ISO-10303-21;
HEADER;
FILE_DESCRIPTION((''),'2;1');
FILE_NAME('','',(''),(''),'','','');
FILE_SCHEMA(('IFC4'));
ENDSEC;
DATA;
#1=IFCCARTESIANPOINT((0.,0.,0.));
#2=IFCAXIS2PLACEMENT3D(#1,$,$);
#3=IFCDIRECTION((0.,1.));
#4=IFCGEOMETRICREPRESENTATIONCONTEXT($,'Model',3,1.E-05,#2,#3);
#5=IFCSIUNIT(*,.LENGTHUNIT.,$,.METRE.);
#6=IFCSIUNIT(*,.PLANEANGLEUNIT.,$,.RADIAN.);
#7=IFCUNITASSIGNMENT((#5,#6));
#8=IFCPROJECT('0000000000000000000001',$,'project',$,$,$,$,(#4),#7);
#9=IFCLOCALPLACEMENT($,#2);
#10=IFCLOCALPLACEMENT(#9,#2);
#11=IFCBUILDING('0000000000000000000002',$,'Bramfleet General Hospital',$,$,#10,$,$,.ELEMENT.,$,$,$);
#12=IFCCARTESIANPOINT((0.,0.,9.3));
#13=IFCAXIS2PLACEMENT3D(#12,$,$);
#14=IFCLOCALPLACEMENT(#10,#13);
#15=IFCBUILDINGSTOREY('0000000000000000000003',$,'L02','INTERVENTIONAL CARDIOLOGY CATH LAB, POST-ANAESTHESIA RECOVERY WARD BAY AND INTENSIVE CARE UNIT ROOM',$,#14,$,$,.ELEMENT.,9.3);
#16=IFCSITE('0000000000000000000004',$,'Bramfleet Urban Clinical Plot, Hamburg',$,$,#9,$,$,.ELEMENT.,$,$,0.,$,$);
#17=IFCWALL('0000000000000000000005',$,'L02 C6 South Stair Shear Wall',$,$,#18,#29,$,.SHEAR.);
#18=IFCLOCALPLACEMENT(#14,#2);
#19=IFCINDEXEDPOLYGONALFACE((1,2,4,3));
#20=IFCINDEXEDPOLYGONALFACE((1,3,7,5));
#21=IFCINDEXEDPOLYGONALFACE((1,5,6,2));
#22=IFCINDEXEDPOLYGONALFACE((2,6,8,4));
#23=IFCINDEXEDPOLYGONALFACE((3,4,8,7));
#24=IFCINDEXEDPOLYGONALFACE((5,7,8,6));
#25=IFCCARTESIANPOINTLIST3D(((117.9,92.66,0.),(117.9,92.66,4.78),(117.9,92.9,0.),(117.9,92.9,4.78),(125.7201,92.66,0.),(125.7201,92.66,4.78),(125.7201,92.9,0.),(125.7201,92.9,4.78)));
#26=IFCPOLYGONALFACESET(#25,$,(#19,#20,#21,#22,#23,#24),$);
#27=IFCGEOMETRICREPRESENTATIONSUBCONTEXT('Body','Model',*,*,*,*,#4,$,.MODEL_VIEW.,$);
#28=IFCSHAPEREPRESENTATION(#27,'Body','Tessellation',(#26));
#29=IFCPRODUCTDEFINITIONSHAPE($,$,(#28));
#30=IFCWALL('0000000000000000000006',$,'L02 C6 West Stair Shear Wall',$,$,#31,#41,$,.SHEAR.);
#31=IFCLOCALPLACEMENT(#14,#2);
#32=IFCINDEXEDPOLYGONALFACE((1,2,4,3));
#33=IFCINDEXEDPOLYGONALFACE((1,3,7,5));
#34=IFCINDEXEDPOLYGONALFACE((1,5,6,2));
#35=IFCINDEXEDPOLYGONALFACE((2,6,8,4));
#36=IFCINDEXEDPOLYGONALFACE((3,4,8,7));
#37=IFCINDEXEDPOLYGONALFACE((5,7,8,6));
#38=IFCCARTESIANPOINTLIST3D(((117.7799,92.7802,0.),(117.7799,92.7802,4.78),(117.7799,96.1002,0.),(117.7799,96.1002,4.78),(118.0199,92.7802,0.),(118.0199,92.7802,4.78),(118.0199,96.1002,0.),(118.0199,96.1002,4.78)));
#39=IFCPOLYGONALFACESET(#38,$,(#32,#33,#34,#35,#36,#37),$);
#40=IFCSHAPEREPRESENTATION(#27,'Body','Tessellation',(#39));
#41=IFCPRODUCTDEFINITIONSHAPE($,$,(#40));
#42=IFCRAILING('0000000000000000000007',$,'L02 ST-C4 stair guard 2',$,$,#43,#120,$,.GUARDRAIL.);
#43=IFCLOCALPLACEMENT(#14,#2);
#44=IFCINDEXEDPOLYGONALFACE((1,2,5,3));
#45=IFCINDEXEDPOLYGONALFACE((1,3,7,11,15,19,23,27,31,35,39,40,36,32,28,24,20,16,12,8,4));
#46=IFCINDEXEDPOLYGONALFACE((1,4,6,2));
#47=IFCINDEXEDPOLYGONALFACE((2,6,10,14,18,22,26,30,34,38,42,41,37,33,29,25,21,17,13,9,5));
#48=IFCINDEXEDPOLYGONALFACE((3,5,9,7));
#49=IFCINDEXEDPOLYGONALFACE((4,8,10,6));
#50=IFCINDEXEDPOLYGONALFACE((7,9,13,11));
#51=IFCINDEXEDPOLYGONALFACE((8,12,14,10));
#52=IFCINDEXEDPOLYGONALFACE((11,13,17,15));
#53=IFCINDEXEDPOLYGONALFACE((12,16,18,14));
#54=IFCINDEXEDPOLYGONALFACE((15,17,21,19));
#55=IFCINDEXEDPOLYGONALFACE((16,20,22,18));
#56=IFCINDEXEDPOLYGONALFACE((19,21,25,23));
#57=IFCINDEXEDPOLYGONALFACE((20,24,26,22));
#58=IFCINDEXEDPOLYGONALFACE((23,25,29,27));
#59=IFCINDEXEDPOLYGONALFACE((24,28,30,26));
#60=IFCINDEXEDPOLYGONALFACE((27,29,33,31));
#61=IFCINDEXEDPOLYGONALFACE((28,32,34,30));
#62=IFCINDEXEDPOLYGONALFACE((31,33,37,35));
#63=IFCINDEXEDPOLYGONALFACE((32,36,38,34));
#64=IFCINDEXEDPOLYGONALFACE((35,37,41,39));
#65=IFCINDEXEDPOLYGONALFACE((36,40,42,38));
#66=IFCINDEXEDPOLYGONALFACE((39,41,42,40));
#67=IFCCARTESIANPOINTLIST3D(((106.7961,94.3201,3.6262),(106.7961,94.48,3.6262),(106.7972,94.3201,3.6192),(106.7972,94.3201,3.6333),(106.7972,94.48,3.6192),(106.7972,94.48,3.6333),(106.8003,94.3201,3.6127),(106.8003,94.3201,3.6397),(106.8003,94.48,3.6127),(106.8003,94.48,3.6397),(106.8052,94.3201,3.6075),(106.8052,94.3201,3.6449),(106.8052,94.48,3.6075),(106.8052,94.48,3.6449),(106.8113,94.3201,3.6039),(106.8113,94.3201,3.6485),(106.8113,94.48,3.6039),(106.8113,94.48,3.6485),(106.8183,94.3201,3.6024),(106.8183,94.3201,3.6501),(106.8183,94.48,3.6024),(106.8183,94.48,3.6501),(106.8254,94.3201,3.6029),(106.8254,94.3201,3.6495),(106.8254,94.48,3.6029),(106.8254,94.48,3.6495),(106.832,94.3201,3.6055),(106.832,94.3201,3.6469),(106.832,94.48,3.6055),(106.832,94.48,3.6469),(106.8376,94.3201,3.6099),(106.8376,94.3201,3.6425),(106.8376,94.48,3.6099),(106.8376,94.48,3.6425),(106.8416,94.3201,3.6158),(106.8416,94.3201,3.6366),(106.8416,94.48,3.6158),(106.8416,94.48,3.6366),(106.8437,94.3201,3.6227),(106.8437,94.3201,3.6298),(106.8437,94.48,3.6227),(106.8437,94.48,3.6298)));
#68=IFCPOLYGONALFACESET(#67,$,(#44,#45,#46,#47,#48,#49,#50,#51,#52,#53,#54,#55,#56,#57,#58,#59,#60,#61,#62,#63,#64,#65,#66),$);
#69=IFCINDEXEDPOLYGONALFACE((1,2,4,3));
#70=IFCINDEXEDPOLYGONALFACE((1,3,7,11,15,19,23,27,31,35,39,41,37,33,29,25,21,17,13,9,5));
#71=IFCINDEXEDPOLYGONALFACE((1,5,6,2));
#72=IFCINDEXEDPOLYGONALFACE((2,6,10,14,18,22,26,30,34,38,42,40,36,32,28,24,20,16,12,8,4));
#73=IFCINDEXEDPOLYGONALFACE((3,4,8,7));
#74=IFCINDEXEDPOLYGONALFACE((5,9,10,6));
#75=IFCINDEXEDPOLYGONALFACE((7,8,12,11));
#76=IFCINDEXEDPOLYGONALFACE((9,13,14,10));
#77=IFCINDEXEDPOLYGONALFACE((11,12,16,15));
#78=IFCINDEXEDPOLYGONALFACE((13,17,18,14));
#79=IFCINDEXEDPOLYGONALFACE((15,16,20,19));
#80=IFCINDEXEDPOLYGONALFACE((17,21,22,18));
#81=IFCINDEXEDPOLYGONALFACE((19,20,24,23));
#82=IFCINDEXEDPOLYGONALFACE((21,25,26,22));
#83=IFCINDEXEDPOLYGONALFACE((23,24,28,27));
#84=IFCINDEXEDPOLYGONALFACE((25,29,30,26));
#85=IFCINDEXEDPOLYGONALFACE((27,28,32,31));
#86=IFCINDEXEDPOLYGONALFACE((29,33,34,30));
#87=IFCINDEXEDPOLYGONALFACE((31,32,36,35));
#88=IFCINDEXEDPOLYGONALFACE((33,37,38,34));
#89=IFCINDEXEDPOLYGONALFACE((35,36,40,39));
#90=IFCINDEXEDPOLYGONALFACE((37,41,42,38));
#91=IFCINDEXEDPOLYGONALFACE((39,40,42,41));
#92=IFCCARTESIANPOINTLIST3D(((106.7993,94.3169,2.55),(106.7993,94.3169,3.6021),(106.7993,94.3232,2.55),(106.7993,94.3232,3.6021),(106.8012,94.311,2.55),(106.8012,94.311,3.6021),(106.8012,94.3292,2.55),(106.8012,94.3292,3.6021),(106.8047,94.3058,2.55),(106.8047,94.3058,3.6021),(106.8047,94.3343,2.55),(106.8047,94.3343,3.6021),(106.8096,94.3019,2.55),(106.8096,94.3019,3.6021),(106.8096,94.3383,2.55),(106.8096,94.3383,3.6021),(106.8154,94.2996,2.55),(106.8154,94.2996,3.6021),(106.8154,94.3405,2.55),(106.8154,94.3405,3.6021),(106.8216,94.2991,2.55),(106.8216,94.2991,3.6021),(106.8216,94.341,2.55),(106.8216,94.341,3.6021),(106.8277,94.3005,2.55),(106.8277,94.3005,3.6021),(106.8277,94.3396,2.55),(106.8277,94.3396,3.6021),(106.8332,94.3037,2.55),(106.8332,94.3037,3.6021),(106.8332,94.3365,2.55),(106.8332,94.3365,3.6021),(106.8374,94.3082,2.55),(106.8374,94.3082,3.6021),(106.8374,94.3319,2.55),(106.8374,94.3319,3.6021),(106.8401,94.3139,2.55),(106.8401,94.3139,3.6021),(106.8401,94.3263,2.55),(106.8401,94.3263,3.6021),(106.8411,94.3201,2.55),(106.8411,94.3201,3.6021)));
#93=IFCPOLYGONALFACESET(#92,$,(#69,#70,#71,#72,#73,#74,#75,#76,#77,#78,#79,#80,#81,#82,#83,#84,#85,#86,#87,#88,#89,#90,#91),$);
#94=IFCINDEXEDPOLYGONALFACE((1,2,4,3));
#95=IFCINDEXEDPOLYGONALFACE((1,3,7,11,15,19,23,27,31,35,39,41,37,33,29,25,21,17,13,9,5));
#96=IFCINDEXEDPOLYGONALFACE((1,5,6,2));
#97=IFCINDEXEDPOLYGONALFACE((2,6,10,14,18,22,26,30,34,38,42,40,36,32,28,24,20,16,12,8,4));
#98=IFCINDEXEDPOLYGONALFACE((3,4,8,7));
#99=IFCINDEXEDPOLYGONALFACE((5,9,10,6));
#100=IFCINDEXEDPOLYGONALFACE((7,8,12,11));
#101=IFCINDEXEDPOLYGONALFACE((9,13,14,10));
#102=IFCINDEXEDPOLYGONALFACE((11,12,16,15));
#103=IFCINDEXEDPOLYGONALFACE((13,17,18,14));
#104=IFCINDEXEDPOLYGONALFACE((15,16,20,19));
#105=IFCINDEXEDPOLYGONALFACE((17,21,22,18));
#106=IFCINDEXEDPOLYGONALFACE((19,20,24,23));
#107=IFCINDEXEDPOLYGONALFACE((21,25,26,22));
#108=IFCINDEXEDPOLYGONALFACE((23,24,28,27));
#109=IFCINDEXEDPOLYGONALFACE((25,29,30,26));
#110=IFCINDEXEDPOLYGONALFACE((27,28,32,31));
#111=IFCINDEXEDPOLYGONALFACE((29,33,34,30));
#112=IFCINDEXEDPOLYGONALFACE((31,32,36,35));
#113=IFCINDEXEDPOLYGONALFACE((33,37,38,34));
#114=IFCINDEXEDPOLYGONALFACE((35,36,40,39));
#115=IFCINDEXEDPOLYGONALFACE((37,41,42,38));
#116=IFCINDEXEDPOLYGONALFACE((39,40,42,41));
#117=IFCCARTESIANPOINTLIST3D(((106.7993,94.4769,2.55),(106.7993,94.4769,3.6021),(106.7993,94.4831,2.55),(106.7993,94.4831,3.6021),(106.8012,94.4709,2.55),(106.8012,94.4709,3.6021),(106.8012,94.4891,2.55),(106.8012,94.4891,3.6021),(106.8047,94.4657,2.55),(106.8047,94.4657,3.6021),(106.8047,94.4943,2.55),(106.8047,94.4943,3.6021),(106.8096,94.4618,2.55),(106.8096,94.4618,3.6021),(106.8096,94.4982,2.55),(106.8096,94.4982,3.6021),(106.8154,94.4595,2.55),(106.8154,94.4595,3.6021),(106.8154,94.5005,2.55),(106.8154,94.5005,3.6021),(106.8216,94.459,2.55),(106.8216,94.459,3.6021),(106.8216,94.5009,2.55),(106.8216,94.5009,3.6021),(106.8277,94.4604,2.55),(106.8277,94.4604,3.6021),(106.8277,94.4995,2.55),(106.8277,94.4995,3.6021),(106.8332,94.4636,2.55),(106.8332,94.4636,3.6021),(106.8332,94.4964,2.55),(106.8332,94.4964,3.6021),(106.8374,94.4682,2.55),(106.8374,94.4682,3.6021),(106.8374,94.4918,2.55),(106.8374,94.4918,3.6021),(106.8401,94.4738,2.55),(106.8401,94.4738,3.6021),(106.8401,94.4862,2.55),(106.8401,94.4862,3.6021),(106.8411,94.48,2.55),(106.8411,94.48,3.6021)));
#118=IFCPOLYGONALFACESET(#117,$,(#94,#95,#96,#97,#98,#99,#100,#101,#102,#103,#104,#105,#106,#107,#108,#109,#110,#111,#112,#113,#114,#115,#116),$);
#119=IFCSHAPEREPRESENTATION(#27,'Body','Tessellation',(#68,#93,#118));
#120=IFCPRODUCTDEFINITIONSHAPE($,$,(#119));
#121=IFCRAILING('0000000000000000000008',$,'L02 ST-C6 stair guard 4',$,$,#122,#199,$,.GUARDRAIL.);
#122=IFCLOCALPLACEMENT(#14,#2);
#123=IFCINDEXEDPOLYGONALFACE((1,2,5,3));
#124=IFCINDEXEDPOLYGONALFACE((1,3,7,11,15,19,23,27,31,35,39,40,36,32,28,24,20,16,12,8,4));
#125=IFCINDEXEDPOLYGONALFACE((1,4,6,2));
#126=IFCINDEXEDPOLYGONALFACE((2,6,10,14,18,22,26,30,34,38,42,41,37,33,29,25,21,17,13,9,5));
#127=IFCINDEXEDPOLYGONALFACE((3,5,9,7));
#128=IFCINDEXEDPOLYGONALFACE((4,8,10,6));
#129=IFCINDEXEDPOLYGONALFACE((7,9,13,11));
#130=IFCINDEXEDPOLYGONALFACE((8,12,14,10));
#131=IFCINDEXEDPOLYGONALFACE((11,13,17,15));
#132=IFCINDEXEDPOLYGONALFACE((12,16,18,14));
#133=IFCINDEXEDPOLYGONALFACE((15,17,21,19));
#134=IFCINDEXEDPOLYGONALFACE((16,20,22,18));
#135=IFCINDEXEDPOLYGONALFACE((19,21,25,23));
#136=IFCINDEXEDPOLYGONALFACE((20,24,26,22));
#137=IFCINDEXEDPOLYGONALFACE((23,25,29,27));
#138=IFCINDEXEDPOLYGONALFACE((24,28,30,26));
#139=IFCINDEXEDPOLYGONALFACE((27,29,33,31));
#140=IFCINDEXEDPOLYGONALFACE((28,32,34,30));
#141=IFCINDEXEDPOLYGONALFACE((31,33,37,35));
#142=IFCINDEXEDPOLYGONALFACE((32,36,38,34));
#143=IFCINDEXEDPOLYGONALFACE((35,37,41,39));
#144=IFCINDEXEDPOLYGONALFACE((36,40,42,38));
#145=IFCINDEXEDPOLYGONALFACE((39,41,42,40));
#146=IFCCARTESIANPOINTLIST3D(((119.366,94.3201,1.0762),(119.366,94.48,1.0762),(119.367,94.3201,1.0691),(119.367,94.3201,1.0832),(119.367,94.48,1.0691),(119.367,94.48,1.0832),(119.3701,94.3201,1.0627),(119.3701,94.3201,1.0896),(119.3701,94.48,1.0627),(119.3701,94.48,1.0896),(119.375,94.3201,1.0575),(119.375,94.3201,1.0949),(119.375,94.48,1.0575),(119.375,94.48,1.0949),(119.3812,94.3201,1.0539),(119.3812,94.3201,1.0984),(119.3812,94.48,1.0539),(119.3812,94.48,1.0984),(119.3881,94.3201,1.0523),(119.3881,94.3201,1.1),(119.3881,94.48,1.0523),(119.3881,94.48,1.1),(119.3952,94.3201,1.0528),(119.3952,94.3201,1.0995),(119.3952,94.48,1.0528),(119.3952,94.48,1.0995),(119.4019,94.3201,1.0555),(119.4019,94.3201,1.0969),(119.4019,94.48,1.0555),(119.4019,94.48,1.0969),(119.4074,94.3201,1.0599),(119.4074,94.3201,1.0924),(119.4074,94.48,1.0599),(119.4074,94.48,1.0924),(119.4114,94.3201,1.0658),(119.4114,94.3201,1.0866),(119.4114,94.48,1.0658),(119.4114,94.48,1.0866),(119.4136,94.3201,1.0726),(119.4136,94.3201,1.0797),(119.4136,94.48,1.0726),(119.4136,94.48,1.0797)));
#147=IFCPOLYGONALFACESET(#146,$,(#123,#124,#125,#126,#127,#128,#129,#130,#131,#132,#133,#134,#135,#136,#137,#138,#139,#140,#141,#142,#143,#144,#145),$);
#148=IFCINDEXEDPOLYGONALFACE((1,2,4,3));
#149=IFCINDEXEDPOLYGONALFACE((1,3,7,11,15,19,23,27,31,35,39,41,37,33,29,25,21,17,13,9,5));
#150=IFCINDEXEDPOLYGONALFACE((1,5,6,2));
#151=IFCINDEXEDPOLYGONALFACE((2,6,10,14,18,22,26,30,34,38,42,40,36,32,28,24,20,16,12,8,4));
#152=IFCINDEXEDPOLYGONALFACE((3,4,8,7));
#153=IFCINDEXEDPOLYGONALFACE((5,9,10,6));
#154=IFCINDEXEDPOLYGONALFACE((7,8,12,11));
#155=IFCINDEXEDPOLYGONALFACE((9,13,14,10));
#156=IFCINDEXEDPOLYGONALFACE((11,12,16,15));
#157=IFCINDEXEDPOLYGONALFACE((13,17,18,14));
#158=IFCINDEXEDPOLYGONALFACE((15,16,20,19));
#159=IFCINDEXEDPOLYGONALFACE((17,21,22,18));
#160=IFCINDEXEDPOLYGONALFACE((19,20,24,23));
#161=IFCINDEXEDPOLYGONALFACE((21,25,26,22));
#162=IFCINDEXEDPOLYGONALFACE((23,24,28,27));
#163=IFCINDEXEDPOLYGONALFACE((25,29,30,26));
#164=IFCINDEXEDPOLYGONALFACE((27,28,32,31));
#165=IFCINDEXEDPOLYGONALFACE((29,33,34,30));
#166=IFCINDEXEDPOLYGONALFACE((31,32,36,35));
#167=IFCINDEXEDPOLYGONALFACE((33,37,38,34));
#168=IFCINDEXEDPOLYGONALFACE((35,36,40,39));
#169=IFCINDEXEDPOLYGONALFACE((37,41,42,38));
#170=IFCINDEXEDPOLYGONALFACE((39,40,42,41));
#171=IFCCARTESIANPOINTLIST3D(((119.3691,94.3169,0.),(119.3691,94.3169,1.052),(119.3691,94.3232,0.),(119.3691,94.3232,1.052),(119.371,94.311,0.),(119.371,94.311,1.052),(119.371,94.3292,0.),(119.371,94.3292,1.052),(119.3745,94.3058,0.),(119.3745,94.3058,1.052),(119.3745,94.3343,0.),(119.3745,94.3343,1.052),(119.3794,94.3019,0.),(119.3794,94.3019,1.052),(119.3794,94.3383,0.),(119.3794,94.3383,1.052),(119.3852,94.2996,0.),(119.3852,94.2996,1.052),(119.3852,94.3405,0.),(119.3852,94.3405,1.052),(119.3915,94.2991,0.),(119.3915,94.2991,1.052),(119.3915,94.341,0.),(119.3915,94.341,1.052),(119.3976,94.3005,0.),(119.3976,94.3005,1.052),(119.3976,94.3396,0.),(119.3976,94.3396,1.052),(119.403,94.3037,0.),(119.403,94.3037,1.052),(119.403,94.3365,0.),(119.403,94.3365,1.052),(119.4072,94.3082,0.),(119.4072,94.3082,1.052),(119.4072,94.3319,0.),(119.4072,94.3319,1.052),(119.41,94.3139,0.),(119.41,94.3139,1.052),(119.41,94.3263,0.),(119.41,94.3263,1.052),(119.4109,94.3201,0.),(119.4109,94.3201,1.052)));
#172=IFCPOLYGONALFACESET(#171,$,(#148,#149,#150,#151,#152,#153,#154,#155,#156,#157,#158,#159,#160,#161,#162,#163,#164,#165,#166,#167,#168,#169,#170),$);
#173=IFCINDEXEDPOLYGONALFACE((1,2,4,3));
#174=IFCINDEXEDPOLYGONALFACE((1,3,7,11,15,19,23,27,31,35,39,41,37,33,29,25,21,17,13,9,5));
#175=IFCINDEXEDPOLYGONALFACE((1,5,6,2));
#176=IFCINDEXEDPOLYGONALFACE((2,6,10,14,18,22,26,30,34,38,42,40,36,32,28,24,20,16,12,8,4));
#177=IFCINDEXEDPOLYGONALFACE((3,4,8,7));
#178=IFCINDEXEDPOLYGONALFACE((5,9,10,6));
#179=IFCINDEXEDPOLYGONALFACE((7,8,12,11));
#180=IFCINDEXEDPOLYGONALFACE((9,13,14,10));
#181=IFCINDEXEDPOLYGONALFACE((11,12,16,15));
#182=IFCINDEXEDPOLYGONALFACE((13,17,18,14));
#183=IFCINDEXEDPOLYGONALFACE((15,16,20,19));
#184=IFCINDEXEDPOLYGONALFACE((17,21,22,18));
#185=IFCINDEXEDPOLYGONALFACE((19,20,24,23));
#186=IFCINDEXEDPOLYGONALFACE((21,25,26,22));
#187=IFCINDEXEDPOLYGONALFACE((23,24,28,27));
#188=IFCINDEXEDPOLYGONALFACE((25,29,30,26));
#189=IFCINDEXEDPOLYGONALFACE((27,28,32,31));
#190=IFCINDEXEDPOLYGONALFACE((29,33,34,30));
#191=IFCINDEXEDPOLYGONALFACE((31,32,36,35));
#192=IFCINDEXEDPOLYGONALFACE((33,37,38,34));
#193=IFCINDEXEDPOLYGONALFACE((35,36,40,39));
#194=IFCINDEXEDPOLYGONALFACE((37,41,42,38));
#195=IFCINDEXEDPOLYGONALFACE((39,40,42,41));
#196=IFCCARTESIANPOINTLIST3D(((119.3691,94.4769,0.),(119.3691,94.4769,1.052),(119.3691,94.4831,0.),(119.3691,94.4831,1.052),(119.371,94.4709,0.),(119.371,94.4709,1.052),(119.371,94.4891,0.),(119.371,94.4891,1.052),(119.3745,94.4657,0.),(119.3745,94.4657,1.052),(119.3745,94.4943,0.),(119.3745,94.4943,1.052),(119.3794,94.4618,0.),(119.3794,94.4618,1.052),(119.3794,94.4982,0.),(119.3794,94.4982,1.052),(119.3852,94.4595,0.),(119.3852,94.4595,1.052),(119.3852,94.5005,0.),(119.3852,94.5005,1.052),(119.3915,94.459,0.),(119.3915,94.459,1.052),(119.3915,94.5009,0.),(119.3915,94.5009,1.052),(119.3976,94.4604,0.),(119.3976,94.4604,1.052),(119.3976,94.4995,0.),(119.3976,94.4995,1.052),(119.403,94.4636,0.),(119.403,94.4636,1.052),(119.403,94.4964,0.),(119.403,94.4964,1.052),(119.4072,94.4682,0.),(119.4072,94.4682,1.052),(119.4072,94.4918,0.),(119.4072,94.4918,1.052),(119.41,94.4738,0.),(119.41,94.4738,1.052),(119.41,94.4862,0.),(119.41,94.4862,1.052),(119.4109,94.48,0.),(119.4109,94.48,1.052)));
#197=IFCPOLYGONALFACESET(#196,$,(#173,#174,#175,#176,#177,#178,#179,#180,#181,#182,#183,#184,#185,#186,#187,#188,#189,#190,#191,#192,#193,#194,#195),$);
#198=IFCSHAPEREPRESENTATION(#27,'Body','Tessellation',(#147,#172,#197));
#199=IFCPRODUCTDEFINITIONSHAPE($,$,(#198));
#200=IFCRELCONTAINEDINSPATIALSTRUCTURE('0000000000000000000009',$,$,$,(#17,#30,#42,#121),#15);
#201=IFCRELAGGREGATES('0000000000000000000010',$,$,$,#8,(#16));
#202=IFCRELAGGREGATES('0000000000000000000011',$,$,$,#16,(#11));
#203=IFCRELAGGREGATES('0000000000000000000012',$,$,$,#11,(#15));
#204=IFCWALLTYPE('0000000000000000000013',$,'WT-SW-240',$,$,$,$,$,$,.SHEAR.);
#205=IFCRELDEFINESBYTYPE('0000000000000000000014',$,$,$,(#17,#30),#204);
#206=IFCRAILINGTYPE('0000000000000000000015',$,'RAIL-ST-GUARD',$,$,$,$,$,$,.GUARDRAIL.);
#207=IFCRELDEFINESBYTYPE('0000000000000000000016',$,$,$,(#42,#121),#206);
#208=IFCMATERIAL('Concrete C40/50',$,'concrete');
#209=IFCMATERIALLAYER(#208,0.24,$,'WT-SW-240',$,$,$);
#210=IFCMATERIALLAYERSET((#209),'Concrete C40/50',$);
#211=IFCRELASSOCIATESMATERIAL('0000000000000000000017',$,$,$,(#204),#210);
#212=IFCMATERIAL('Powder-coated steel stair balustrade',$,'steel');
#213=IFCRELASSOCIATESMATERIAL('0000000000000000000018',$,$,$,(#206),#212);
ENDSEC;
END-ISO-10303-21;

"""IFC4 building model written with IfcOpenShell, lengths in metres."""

from ifc_helpers import new_model, si_unit, direction, frame, frame_2d, origin, origin_2d, place, context, subcontext, project, spatial, rectangle, circle, extrude, material, layer, layer_set, type_object, element, save


model = new_model("IFC4")

# Units and contexts
model_context = context("Model", 3, precision=1e-05, world=origin(), true_north=direction((0.0, 1.0)))
body_context = subcontext(model_context, "Body", "Model", "MODEL_VIEW")
ifc_project = project(units=[si_unit("LENGTHUNIT", "METRE"), si_unit("PLANEANGLEUNIT", "RADIAN")], contexts=[model_context])

# Site, building, storey
site_placement = place(None, origin())
site = spatial("IfcSite", under=ifc_project, at=site_placement, Name="Bramfleet Urban Clinical Plot, Hamburg", CompositionType="ELEMENT", RefElevation=0.0)
building_placement = place(site_placement, origin())
building = spatial("IfcBuilding", under=site, at=building_placement, Name="Bramfleet General Hospital", CompositionType="ELEMENT")
storey_placement = place(building_placement, frame((0.0, 0.0, 9.3)))
storey = spatial("IfcBuildingStorey", under=building, at=storey_placement, Name="L02", Description="INTERVENTIONAL CARDIOLOGY CATH LAB, POST-ANAESTHESIA RECOVERY WARD BAY AND INTENSIVE CARE UNIT ROOM", CompositionType="ELEMENT", Elevation=9.3)

# Shared definitions
ifc_material_1 = material(Name="Concrete C40/50", Category="concrete")

# Walls
ifc_layer_1 = layer(ifc_material_1, 0.24, Name="WT-SW-240")
ifc_layer_set_1 = layer_set([ifc_layer_1], Name="Concrete C40/50")
wall_type_1 = type_object("IfcWallType", Name="WT-SW-240", PredefinedType="SHEAR", material=ifc_layer_set_1)
wall_1_placement = place(storey_placement, frame((117.8999, 92.78, 0.0), z_axis=(0.0, 0.0, 1.0), x_axis=(1.0, 0.0, 0.0)))
element("IfcWall", 1, at=wall_1_placement, inside=storey, type_object=wall_type_1, Name="L02 C6 South Stair Shear Wall", PredefinedType="SHEAR", context=body_context, shape_type="SweptSolid", body=[
    extrude(rectangle(XDim=7.8201, YDim=0.24, at=frame_2d((3.9102, 0.0))), origin(), (0.0, 0.0, 1.0), 4.78),
])
wall_2_placement = place(storey_placement, frame((117.8999, 92.78, 0.0), z_axis=(0.0, 0.0, 1.0), x_axis=(0.0, 1.0, 0.0)))
element("IfcWall", 2, at=wall_2_placement, inside=storey, type_object=wall_type_1, Name="L02 C6 West Stair Shear Wall", PredefinedType="SHEAR", context=body_context, shape_type="SweptSolid", body=[
    extrude(rectangle(XDim=3.3201, YDim=0.24, at=frame_2d((1.6602, 0.0))), origin(), (0.0, 0.0, 1.0), 4.78),
])

# Railings
ifc_material_2 = material(Name="Powder-coated steel stair balustrade", Category="steel")
railing_type_1 = type_object("IfcRailingType", Name="RAIL-ST-GUARD", PredefinedType="GUARDRAIL", material=ifc_material_2)
for number, where, name in (
    (3, (106.8201, 94.3201, 2.55), "L02 ST-C4 stair guard 2"),
    (4, (119.3899, 94.3201, 0.0), "L02 ST-C6 stair guard 4"),
):
    element("IfcRailing", number, at=place(storey_placement, frame(where)), inside=storey, type_object=railing_type_1, Name=name, PredefinedType="GUARDRAIL", context=body_context, shape_type="SweptSolid", body=[
        extrude(circle(Radius=0.0239, at=origin_2d()), frame((0.0, 0.0, 1.0762), z_axis=(0.0, 1.0, 0.0), x_axis=(-1.0, 0.0, 0.0)), (0.0, 0.0, 1.0), 0.1599),
        extrude(circle(Radius=0.021, at=origin_2d()), origin(), (0.0, 0.0, 1.0), 1.052),
        extrude(circle(Radius=0.021, at=origin_2d()), frame((0.0, 0.1599, 0.0)), (0.0, 0.0, 1.0), 1.052),
    ])

save(model, "model.ifc")
